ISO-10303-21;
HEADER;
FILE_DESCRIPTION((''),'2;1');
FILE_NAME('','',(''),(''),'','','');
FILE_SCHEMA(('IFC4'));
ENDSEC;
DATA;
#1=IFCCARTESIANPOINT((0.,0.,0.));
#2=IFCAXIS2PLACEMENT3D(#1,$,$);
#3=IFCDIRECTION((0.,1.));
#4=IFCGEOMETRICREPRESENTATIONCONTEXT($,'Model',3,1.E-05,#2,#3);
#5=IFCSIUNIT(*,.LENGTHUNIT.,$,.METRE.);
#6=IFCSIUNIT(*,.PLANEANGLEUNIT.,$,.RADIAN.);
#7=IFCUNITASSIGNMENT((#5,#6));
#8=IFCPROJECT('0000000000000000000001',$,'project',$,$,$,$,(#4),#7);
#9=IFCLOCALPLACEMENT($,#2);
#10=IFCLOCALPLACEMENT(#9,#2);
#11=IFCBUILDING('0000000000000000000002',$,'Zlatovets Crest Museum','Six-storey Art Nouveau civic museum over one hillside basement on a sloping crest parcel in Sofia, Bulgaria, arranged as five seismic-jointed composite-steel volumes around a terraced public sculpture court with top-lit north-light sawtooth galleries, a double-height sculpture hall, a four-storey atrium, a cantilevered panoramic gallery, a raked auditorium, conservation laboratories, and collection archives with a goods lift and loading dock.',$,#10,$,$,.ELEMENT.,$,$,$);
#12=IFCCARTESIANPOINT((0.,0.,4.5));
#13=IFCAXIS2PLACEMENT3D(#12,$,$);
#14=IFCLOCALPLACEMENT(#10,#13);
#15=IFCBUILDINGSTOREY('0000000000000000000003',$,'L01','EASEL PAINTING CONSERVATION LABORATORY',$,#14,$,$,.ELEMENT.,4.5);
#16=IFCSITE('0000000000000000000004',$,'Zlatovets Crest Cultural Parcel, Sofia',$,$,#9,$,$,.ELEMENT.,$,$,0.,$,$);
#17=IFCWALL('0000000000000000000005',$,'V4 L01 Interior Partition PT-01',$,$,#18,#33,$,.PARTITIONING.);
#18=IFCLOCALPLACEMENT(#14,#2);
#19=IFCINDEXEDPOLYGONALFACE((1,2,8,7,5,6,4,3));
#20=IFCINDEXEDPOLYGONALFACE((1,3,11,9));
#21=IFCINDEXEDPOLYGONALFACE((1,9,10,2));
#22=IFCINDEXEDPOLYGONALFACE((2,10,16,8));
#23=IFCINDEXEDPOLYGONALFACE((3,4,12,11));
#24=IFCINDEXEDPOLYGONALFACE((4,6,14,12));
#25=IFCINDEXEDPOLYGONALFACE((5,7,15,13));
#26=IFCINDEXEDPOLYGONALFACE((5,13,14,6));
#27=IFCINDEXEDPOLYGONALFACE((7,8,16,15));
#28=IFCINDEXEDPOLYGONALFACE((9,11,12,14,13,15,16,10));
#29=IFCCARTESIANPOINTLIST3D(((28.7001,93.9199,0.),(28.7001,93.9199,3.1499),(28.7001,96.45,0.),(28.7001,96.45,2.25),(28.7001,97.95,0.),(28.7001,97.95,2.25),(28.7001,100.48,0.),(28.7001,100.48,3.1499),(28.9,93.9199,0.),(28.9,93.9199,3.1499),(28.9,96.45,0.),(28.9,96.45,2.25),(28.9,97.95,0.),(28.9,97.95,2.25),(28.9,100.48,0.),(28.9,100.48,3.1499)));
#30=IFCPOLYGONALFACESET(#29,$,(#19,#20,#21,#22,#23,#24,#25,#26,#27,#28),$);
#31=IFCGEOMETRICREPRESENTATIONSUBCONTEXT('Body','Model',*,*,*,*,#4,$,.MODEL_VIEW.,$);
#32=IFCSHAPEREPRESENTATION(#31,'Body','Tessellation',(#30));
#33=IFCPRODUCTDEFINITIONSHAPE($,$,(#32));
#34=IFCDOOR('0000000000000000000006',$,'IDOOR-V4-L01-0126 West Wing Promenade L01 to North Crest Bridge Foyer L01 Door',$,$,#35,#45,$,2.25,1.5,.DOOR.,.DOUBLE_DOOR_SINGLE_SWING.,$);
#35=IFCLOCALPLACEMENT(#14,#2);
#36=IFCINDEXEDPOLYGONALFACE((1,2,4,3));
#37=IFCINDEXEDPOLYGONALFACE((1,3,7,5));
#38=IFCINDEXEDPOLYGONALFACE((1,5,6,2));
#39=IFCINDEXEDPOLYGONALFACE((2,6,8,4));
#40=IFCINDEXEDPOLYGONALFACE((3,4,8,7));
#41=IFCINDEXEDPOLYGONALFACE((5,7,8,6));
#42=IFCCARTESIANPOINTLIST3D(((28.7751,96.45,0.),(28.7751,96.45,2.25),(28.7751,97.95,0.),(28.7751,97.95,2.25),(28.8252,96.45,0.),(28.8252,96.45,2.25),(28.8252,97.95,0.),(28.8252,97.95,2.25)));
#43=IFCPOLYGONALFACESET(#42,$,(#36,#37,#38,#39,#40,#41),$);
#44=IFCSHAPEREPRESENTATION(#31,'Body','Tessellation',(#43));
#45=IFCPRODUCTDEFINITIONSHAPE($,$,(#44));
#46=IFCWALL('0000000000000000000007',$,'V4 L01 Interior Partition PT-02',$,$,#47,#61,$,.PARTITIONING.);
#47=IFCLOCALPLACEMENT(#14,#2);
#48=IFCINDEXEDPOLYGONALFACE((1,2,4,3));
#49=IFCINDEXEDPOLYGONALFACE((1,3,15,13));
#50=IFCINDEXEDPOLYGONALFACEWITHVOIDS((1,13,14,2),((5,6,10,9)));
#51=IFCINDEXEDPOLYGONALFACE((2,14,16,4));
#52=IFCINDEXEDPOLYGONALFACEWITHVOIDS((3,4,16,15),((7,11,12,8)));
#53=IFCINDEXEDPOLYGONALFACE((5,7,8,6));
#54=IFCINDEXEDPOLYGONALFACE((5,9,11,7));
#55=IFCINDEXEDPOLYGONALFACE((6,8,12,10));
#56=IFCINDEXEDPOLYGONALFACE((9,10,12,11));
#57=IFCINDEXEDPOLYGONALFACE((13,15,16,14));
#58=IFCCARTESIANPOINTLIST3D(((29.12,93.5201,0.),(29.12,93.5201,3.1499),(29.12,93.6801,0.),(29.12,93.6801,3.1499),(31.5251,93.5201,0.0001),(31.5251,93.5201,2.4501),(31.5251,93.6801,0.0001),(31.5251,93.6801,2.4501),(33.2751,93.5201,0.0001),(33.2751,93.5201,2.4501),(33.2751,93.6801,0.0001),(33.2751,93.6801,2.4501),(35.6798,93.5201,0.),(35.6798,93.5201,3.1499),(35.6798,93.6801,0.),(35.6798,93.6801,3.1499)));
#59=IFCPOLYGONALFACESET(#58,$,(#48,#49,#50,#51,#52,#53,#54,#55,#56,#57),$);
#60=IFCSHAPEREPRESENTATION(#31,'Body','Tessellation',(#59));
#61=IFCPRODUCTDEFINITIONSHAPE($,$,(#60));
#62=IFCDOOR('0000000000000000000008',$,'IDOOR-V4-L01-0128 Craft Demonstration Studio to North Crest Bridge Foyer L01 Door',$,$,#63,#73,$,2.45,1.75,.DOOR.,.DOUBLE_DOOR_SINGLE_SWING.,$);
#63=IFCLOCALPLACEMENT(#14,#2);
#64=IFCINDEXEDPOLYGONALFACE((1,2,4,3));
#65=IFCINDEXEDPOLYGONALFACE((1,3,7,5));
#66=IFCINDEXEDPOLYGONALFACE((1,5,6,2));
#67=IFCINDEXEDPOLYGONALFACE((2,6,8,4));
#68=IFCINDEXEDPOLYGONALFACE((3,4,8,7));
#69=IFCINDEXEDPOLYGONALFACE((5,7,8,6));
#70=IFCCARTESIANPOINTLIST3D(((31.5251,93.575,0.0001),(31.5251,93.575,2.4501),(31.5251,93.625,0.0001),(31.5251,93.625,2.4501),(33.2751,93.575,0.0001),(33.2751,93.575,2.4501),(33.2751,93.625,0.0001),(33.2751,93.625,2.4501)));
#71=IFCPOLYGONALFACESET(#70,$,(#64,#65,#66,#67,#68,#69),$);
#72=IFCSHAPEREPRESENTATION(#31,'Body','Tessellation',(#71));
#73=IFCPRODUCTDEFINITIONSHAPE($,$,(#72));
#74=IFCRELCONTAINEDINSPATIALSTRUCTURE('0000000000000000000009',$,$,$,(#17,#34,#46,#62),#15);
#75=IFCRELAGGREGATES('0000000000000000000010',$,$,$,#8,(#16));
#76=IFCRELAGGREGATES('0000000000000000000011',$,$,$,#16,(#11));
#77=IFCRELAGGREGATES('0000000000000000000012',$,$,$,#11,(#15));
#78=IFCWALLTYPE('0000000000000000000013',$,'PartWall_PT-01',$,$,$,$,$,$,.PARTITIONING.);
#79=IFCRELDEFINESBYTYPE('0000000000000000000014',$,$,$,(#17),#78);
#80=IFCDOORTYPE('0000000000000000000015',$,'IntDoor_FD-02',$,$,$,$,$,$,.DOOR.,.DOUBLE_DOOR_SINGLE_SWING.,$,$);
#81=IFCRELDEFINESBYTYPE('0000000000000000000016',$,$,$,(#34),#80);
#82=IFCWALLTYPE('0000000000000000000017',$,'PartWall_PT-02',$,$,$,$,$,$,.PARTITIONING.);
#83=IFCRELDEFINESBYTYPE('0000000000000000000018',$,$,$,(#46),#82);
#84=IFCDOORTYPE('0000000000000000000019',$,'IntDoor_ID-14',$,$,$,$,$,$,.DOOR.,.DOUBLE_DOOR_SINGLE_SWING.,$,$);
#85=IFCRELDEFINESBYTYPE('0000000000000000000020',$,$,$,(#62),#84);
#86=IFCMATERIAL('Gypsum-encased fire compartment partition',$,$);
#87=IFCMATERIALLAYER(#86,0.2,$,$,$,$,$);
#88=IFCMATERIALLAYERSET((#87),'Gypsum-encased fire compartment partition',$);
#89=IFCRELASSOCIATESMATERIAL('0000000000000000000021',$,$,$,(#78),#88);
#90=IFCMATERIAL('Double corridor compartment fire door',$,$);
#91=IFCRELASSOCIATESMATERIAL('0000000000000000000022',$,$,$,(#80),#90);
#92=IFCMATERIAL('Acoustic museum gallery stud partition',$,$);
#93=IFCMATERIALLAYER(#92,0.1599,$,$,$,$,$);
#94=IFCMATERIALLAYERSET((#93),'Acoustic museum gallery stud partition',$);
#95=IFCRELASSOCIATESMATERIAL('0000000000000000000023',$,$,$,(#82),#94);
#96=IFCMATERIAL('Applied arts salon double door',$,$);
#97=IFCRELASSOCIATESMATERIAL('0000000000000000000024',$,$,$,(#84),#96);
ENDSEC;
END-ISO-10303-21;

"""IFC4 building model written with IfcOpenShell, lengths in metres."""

from ifc_helpers import new_model, si_unit, direction, frame, frame_2d, origin, place, context, subcontext, project, spatial, rectangle, extrude, material, layer, layer_set, type_object, element, fill, save


model = new_model("IFC4")

# Units and contexts
model_context = context("Model", 3, precision=1e-05, world=origin(), true_north=direction((0.0, 1.0)))
body_context = subcontext(model_context, "Body", "Model", "MODEL_VIEW")
ifc_project = project(units=[si_unit("LENGTHUNIT", "METRE"), si_unit("PLANEANGLEUNIT", "RADIAN")], contexts=[model_context])

# Site, building, storey
site_placement = place(None, origin())
site = spatial("IfcSite", under=ifc_project, at=site_placement, Name="Zlatovets Crest Cultural Parcel, Sofia", CompositionType="ELEMENT", RefElevation=0.0)
building_placement = place(site_placement, origin())
building = spatial("IfcBuilding", under=site, at=building_placement, Name="Zlatovets Crest Museum", Description="Six-storey Art Nouveau civic museum over one hillside basement on a sloping crest parcel in Sofia, Bulgaria, arranged as five seismic-jointed composite-steel volumes around a terraced public sculpture court with top-lit north-light sawtooth galleries, a double-height sculpture hall, a four-storey atrium, a cantilevered panoramic gallery, a raked auditorium, conservation laboratories, and collection archives with a goods lift and loading dock.", CompositionType="ELEMENT")
storey_placement = place(building_placement, frame((0.0, 0.0, 4.5)))
storey = spatial("IfcBuildingStorey", under=building, at=storey_placement, Name="L01", Description="EASEL PAINTING CONSERVATION LABORATORY", CompositionType="ELEMENT", Elevation=4.5)

# Walls, openings, doors
ifc_material_1 = material(Name="Gypsum-encased fire compartment partition")
ifc_layer_1 = layer(ifc_material_1, 0.2)
ifc_layer_set_1 = layer_set([ifc_layer_1], Name="Gypsum-encased fire compartment partition")
wall_type_1 = type_object("IfcWallType", Name="PartWall_PT-01", PredefinedType="PARTITIONING", material=ifc_layer_set_1)
wall_1_placement = place(storey_placement, frame((28.8, 93.9199, 0.0), z_axis=(0.0, 0.0, 1.0), x_axis=(0.0, 1.0, 0.0)))
wall_1 = element("IfcWall", 1, at=wall_1_placement, inside=storey, type_object=wall_type_1, Name="V4 L01 Interior Partition PT-01", PredefinedType="PARTITIONING", context=body_context, shape_type="SweptSolid", body=[
    extrude(rectangle(XDim=6.5601, YDim=0.2, at=frame_2d((3.28, 0.0))), origin(), (0.0, 0.0, 1.0), 3.1499),
])
opening_1_placement = place(wall_1_placement, frame((2.53, 0.0, 0.0)))
opening_1 = element("IfcOpeningElement", 2, at=opening_1_placement, cuts=wall_1, PredefinedType="OPENING", context=body_context, shape_type="SweptSolid", body=[
    extrude(rectangle(XDim=1.5, YDim=2.25, at=frame_2d((0.75, 1.125))), frame((0.0, 0.1099, 0.0), z_axis=(0.0, -1.0, 0.0), x_axis=(1.0, 0.0, 0.0)), (0.0, 0.0, 1.0), 0.22),
])
ifc_material_2 = material(Name="Double corridor compartment fire door")
door_type_1 = type_object("IfcDoorType", Name="IntDoor_FD-02", OperationType="DOUBLE_DOOR_SINGLE_SWING", PredefinedType="DOOR", material=ifc_material_2)
door_1_placement = place(opening_1_placement, origin())
door_1 = element("IfcDoor", 3, at=door_1_placement, inside=storey, type_object=door_type_1, Name="IDOOR-V4-L01-0126 West Wing Promenade L01 to North Crest Bridge Foyer L01 Door", OperationType="DOUBLE_DOOR_SINGLE_SWING", OverallHeight=2.25, OverallWidth=1.5, PredefinedType="DOOR", context=body_context, shape_type="SweptSolid", body=[
    extrude(rectangle(XDim=1.5, YDim=2.25, at=frame_2d((0.75, 1.125))), frame((0.0, 0.0249, 0.0), z_axis=(0.0, -1.0, 0.0), x_axis=(1.0, 0.0, 0.0)), (0.0, 0.0, 1.0), 0.05),
])
fill(opening_1, door_1)
ifc_material_3 = material(Name="Acoustic museum gallery stud partition")
ifc_layer_2 = layer(ifc_material_3, 0.1599)
ifc_layer_set_2 = layer_set([ifc_layer_2], Name="Acoustic museum gallery stud partition")
wall_type_2 = type_object("IfcWallType", Name="PartWall_PT-02", PredefinedType="PARTITIONING", material=ifc_layer_set_2)
wall_2_placement = place(storey_placement, frame((29.1201, 93.6001, 0.0), z_axis=(0.0, 0.0, 1.0), x_axis=(1.0, 0.0, 0.0)))
wall_2 = element("IfcWall", 4, at=wall_2_placement, inside=storey, type_object=wall_type_2, Name="V4 L01 Interior Partition PT-02", PredefinedType="PARTITIONING", context=body_context, shape_type="SweptSolid", body=[
    extrude(rectangle(XDim=6.5598, YDim=0.1599, at=frame_2d((3.2798, 0.0))), origin(), (0.0, 0.0, 1.0), 3.1499),
])
opening_2_placement = place(wall_2_placement, frame((2.405, 0.0, 0.0)))
opening_2 = element("IfcOpeningElement", 5, at=opening_2_placement, cuts=wall_2, PredefinedType="OPENING", context=body_context, shape_type="SweptSolid", body=[
    extrude(rectangle(XDim=1.75, YDim=2.45, at=frame_2d((0.875, 1.2251))), frame((0.0, 0.0898, 0.0), z_axis=(0.0, -1.0, 0.0), x_axis=(1.0, 0.0, 0.0)), (0.0, 0.0, 1.0), 0.1799),
])
ifc_material_4 = material(Name="Applied arts salon double door")
door_type_2 = type_object("IfcDoorType", Name="IntDoor_ID-14", OperationType="DOUBLE_DOOR_SINGLE_SWING", PredefinedType="DOOR", material=ifc_material_4)
door_2_placement = place(opening_2_placement, origin())
door_2 = element("IfcDoor", 6, at=door_2_placement, inside=storey, type_object=door_type_2, Name="IDOOR-V4-L01-0128 Craft Demonstration Studio to North Crest Bridge Foyer L01 Door", OperationType="DOUBLE_DOOR_SINGLE_SWING", OverallHeight=2.45, OverallWidth=1.75, PredefinedType="DOOR", context=body_context, shape_type="SweptSolid", body=[
    extrude(rectangle(XDim=1.75, YDim=2.45, at=frame_2d((0.875, 1.2251))), frame((0.0, 0.0249, 0.0), z_axis=(0.0, -1.0, 0.0), x_axis=(1.0, 0.0, 0.0)), (0.0, 0.0, 1.0), 0.05),
])
fill(opening_2, door_2)

save(model, "model.ifc")
